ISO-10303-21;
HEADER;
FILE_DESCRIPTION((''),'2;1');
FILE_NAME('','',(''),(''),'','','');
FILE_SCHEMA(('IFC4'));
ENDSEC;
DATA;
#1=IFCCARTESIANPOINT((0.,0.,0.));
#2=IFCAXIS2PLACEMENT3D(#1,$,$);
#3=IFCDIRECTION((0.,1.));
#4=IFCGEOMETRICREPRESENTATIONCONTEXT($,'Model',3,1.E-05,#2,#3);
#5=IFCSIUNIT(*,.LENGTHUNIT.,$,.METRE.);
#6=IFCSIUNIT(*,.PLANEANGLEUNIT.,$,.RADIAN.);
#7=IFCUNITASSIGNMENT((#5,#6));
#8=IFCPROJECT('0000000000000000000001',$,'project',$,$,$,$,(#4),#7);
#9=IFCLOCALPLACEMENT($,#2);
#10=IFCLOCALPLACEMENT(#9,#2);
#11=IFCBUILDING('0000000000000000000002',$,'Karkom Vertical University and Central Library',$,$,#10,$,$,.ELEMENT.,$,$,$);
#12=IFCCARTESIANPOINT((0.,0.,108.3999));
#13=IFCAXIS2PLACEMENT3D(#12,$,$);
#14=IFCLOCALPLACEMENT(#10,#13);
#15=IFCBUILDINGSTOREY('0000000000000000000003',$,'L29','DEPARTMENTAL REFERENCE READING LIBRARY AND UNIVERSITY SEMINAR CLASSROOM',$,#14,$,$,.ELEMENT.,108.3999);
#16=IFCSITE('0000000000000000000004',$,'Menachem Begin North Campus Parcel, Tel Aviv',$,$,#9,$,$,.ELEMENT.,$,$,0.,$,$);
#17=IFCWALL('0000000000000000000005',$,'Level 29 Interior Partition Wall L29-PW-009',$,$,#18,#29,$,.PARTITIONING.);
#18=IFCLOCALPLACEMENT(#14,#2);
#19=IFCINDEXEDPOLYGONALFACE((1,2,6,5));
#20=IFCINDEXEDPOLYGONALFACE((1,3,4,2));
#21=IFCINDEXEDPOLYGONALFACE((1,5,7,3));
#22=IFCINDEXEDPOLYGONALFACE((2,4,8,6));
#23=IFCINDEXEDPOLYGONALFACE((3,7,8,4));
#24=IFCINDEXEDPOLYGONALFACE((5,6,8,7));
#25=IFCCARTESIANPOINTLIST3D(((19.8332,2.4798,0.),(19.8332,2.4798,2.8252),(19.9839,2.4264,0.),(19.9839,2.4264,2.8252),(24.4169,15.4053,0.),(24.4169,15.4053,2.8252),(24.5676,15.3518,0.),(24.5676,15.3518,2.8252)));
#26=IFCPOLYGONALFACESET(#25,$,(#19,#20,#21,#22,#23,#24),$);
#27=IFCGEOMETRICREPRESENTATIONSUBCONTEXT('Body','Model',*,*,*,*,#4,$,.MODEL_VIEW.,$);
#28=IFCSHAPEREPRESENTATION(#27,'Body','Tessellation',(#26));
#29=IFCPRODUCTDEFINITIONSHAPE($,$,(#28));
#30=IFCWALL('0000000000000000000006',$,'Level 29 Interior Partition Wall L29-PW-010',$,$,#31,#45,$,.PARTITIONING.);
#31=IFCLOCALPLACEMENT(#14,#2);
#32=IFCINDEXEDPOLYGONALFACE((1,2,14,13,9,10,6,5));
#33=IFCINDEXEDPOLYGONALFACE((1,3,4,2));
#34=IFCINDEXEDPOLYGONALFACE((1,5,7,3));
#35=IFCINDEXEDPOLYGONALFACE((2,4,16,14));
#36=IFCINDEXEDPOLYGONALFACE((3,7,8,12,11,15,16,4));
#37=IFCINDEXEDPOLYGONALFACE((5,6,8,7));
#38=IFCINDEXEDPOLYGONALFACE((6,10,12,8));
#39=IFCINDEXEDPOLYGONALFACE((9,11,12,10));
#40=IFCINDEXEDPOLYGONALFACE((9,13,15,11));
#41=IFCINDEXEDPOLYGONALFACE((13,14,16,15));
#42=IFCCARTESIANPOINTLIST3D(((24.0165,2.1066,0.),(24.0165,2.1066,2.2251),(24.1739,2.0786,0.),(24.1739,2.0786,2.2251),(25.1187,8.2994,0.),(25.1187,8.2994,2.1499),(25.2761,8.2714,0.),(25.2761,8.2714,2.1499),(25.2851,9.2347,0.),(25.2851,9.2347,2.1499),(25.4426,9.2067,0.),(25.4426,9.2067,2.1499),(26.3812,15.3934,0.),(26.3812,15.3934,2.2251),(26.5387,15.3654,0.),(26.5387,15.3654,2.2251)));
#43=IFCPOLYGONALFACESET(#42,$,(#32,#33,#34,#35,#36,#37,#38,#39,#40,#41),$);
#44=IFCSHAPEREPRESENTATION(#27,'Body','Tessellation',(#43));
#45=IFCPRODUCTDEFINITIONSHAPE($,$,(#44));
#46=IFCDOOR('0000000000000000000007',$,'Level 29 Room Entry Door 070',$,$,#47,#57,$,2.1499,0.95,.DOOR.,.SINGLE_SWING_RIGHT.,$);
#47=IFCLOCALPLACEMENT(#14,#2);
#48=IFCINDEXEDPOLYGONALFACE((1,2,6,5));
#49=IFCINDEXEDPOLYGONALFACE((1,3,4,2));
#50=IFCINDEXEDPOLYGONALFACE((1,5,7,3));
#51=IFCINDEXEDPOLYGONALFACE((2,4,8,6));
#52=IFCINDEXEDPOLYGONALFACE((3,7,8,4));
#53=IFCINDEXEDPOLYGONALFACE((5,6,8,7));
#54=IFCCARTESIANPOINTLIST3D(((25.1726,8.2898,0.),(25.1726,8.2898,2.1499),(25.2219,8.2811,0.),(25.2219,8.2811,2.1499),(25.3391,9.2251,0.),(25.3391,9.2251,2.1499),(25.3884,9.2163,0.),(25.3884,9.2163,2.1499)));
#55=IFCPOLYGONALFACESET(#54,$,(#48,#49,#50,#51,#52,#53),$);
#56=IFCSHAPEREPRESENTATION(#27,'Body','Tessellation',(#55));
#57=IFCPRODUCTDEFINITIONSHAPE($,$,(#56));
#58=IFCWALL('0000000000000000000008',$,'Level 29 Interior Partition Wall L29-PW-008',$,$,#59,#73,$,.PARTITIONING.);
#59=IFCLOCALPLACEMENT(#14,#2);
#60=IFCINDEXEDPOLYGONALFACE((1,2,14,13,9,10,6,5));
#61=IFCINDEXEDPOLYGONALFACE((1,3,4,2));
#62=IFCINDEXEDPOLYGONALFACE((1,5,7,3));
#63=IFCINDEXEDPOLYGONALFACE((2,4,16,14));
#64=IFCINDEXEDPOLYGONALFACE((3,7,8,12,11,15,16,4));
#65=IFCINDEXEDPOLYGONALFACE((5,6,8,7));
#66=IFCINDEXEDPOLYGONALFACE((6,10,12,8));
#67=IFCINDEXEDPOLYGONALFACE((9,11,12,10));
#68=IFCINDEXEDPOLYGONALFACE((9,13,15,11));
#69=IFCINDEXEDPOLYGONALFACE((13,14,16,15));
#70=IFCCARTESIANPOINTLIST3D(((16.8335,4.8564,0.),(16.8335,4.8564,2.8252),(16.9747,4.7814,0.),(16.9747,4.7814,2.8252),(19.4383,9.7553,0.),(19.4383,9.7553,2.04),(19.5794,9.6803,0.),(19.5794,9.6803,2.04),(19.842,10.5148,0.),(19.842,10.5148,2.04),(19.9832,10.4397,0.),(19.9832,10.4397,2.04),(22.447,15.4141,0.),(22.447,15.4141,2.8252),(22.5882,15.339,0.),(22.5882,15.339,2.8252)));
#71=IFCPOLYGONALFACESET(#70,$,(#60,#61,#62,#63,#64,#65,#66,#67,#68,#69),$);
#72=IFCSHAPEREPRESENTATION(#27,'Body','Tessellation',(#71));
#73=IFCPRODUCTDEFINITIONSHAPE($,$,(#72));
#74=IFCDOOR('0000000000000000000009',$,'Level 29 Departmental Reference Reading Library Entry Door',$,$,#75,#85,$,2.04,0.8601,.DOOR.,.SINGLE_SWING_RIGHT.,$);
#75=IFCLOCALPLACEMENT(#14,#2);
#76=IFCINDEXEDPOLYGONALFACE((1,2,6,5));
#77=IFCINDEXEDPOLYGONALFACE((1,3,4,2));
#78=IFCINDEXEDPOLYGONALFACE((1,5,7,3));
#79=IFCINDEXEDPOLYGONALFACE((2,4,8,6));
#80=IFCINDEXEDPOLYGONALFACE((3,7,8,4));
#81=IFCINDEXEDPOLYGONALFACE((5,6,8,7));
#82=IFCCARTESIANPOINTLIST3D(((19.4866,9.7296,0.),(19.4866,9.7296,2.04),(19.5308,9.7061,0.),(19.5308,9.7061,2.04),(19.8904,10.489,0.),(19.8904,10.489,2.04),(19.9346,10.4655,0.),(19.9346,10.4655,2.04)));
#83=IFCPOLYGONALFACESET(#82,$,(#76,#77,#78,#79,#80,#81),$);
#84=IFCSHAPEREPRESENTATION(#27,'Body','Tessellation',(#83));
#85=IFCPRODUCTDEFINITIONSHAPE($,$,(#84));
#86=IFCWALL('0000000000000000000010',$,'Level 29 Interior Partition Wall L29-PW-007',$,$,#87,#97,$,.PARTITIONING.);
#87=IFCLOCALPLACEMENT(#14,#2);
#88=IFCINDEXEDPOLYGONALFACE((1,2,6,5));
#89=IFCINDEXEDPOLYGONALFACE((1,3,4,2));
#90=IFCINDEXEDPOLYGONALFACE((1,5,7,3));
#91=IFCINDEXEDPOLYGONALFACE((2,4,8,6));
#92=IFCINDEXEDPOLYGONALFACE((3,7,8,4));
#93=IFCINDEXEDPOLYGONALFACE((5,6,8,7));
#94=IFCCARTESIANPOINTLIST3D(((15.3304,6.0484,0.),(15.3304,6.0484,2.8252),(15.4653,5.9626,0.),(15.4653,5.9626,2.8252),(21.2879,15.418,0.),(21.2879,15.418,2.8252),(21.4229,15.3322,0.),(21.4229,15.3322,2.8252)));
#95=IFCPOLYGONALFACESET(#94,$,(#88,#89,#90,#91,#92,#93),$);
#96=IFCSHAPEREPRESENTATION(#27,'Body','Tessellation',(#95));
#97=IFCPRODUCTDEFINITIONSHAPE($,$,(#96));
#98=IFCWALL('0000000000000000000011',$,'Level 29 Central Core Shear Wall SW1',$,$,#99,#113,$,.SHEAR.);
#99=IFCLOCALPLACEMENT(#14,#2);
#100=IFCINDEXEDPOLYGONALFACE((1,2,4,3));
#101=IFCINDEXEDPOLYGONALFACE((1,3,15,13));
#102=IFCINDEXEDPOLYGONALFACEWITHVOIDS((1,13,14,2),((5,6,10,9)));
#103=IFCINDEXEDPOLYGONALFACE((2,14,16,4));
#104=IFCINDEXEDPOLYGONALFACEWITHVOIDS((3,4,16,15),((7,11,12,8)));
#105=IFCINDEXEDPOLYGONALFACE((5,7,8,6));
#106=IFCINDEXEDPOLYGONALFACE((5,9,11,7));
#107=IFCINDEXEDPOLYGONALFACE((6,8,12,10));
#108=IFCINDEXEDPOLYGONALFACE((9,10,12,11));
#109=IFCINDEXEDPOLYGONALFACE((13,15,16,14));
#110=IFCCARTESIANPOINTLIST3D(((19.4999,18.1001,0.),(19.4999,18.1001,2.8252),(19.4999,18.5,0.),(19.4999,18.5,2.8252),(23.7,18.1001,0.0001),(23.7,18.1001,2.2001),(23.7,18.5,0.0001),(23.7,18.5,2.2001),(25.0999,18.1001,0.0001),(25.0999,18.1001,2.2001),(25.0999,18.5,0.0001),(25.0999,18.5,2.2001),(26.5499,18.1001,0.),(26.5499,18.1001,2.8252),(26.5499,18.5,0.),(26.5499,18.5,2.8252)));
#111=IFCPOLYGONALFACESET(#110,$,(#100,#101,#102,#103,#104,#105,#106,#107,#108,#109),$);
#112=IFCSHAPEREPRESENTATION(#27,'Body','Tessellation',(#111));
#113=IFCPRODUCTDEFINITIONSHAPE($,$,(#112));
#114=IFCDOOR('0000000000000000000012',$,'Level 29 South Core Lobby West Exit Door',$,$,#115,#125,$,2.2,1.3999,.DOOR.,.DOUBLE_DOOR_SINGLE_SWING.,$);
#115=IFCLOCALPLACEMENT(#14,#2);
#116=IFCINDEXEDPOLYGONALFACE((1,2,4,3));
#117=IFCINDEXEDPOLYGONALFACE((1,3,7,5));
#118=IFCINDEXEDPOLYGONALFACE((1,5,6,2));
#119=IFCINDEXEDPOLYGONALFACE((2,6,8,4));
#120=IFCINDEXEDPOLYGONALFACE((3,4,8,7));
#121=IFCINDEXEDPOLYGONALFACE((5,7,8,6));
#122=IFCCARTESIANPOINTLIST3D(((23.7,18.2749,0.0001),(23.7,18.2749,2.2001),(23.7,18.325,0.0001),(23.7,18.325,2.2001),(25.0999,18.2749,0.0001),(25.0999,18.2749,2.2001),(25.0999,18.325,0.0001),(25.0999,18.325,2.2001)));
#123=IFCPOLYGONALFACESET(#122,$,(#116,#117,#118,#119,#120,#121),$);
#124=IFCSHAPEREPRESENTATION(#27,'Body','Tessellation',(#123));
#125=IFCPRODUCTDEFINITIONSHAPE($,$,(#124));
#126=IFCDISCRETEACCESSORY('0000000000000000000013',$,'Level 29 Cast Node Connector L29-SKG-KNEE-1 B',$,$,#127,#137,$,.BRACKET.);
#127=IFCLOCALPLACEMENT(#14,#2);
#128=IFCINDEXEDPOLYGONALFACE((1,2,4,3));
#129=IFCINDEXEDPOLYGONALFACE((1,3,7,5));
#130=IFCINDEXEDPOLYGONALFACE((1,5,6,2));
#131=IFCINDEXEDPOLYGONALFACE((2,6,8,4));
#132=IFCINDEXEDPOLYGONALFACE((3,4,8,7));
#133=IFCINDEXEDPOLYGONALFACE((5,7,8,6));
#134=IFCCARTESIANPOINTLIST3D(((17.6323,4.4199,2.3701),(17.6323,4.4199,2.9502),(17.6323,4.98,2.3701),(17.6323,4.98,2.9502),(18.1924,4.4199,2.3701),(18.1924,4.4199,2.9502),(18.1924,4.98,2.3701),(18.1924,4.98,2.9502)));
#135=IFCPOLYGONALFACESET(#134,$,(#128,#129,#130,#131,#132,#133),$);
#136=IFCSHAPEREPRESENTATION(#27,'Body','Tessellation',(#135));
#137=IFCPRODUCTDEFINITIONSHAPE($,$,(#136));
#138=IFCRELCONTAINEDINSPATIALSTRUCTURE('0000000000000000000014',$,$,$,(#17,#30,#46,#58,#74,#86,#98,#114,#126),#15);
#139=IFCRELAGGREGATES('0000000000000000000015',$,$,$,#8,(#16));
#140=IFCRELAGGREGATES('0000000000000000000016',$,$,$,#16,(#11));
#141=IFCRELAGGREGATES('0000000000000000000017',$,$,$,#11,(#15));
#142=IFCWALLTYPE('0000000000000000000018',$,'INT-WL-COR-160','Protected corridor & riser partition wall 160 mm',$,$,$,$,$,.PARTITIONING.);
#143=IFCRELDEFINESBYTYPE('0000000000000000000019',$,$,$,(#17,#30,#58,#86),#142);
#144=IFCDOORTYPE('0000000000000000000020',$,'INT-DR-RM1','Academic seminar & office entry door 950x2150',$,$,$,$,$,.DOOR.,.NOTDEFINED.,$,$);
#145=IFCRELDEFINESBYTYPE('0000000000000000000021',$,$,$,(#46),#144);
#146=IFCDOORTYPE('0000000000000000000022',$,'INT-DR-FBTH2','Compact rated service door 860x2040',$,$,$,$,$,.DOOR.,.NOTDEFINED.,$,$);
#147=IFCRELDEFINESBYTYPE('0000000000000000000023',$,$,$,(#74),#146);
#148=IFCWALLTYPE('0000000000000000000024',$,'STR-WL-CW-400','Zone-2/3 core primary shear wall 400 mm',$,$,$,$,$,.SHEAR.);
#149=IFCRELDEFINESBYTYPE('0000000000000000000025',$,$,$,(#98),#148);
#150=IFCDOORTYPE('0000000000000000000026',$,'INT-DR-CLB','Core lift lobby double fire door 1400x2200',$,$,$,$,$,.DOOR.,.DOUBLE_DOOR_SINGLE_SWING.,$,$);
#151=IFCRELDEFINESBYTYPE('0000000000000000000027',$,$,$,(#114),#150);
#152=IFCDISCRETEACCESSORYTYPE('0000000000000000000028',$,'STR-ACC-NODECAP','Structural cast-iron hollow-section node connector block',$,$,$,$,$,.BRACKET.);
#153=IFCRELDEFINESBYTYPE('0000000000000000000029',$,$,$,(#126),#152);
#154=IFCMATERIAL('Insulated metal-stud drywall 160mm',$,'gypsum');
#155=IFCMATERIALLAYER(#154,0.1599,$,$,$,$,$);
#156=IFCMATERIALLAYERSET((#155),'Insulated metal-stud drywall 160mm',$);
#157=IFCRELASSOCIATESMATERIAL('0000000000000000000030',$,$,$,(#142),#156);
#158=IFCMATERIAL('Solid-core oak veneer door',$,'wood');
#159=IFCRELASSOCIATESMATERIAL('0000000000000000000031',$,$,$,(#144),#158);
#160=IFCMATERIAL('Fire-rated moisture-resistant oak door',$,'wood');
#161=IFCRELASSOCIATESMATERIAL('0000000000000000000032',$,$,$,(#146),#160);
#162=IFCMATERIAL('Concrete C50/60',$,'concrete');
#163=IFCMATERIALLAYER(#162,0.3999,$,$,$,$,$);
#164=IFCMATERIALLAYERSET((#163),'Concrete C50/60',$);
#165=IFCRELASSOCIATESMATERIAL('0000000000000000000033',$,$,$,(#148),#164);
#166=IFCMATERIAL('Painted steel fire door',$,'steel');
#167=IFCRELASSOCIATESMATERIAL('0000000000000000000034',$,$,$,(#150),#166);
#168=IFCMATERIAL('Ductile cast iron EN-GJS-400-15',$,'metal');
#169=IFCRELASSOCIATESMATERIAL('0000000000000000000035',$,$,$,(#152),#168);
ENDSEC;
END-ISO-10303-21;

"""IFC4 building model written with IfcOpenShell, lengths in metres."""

from ifc_helpers import new_model, si_unit, direction, frame, frame_2d, origin, origin_with_axes, origin_2d, place, context, subcontext, project, spatial, rectangle, extrude, source, transform, mapped, material, layer, layer_set, type_object, element, fill, save


model = new_model("IFC4")

# Units and contexts
model_context = context("Model", 3, precision=1e-05, world=origin(), true_north=direction((0.0, 1.0)))
body_context = subcontext(model_context, "Body", "Model", "MODEL_VIEW")
ifc_project = project(units=[si_unit("LENGTHUNIT", "METRE"), si_unit("PLANEANGLEUNIT", "RADIAN")], contexts=[model_context])

# Site, building, storey
site_placement = place(None, origin())
site = spatial("IfcSite", under=ifc_project, at=site_placement, Name="Menachem Begin North Campus Parcel, Tel Aviv", CompositionType="ELEMENT", RefElevation=0.0)
building_placement = place(site_placement, origin())
building = spatial("IfcBuilding", under=site, at=building_placement, Name="Karkom Vertical University and Central Library", CompositionType="ELEMENT")
storey_placement = place(building_placement, frame((0.0, 0.0, 108.3999)))
storey = spatial("IfcBuildingStorey", under=building, at=storey_placement, Name="L29", Description="DEPARTMENTAL REFERENCE READING LIBRARY AND UNIVERSITY SEMINAR CLASSROOM", CompositionType="ELEMENT", Elevation=108.3999)

# Shared definitions
ifc_material_1 = material(Name="Concrete C50/60", Category="concrete")

# Wall
ifc_material_2 = material(Name="Insulated metal-stud drywall 160mm", Category="gypsum")
ifc_layer_1 = layer(ifc_material_2, 0.1599)
ifc_layer_set_1 = layer_set([ifc_layer_1], Name="Insulated metal-stud drywall 160mm")
wall_type_1 = type_object("IfcWallType", Name="INT-WL-COR-160", Description="Protected corridor & riser partition wall 160 mm", PredefinedType="PARTITIONING", material=ifc_layer_set_1)
wall_1_placement = place(storey_placement, frame((24.4922, 15.3784, 0.0), z_axis=(0.0, 0.0, 1.0), x_axis=(-0.334232, -0.942491, 0.0)))
element("IfcWall", 1, at=wall_1_placement, inside=storey, type_object=wall_type_1, Name="Level 29 Interior Partition Wall L29-PW-009", PredefinedType="PARTITIONING", context=body_context, shape_type="SweptSolid", body=[
    extrude(rectangle(XDim=13.7141, YDim=0.1599, at=frame_2d((6.8569, 0.0))), origin(), (0.0, 0.0, 1.0), 2.8252),
])

# Walls, openings, doors
wall_2_placement = place(storey_placement, frame((26.46, 15.3794, 0.0), z_axis=(0.0, 0.0, 1.0), x_axis=(-0.175223, -0.984529, 0.0)))
wall_2 = element("IfcWall", 2, at=wall_2_placement, inside=storey, type_object=wall_type_1, Name="Level 29 Interior Partition Wall L29-PW-010", PredefinedType="PARTITIONING", context=body_context, shape_type="SweptSolid", body=[
    extrude(rectangle(XDim=13.4956, YDim=0.1599, at=frame_2d((6.7478, 0.0))), origin(), (0.0, 0.0, 1.0), 2.2251),
])
opening_1_placement = place(wall_2_placement, frame((6.2554, 0.0, 0.0)))
opening_1 = element("IfcOpeningElement", 3, at=opening_1_placement, cuts=wall_2, PredefinedType="OPENING", context=body_context, shape_type="SweptSolid", body=[
    extrude(rectangle(XDim=0.95, YDim=2.1499, at=frame_2d((0.4751, 1.075))), frame((0.0, 0.0898, 0.0), z_axis=(0.0, -1.0, 0.0), x_axis=(1.0, 0.0, 0.0)), (0.0, 0.0, 1.0), 0.1799),
])
ifc_material_3 = material(Name="Solid-core oak veneer door", Category="wood")
door_type_1 = type_object("IfcDoorType", Name="INT-DR-RM1", Description="Academic seminar & office entry door 950x2150", OperationType="NOTDEFINED", PredefinedType="DOOR", material=ifc_material_3)
shared_shape_1 = source(origin_with_axes(), body_context, "Body", "SweptSolid", [
    extrude(rectangle(XDim=0.95, YDim=2.1499, at=frame_2d((0.4751, 1.075))), frame((0.0, 0.0249, 0.0), z_axis=(0.0, -1.0, 0.0), x_axis=(1.0, 0.0, 0.0)), (0.0, 0.0, 1.0), 0.05),
])
door_1_placement = place(opening_1_placement, origin())
door_1 = element("IfcDoor", 4, at=door_1_placement, inside=storey, type_object=door_type_1, Name="Level 29 Room Entry Door 070", OperationType="SINGLE_SWING_RIGHT", OverallHeight=2.1499, OverallWidth=0.95, PredefinedType="DOOR", context=body_context, shape_type="MappedRepresentation", body=[
    mapped(shared_shape_1, transform((0.0, 0.0, 0.0), scale=1.0)),
])
fill(opening_1, door_1)
wall_3_placement = place(storey_placement, frame((22.5176, 15.3765, 0.0), z_axis=(0.0, 0.0, 1.0), x_axis=(-0.469468, -0.88295, 0.0)))
wall_3 = element("IfcWall", 5, at=wall_3_placement, inside=storey, type_object=wall_type_1, Name="Level 29 Interior Partition Wall L29-PW-008", PredefinedType="PARTITIONING", context=body_context, shape_type="SweptSolid", body=[
    extrude(rectangle(XDim=11.9573, YDim=0.1599, at=frame_2d((5.9785, 0.0))), origin(), (0.0, 0.0, 1.0), 2.8252),
])
opening_2_placement = place(wall_3_placement, frame((5.5486, 0.0, 0.0)))
opening_2 = element("IfcOpeningElement", 6, at=opening_2_placement, cuts=wall_3, PredefinedType="OPENING", context=body_context, shape_type="SweptSolid", body=[
    extrude(rectangle(XDim=0.8601, YDim=2.04, at=frame_2d((0.4302, 1.02))), frame((0.0, 0.0898, 0.0), z_axis=(0.0, -1.0, 0.0), x_axis=(1.0, 0.0, 0.0)), (0.0, 0.0, 1.0), 0.1799),
])
ifc_material_4 = material(Name="Fire-rated moisture-resistant oak door", Category="wood")
door_type_2 = type_object("IfcDoorType", Name="INT-DR-FBTH2", Description="Compact rated service door 860x2040", OperationType="NOTDEFINED", PredefinedType="DOOR", material=ifc_material_4)
shared_shape_2 = source(origin_with_axes(), body_context, "Body", "SweptSolid", [
    extrude(rectangle(XDim=0.8601, YDim=2.04, at=frame_2d((0.4302, 1.02))), frame((0.0, 0.0249, 0.0), z_axis=(0.0, -1.0, 0.0), x_axis=(1.0, 0.0, 0.0)), (0.0, 0.0, 1.0), 0.05),
])
door_2_placement = place(opening_2_placement, origin())
door_2 = element("IfcDoor", 7, at=door_2_placement, inside=storey, type_object=door_type_2, Name="Level 29 Departmental Reference Reading Library Entry Door", OperationType="SINGLE_SWING_RIGHT", OverallHeight=2.04, OverallWidth=0.8601, PredefinedType="DOOR", context=body_context, shape_type="MappedRepresentation", body=[
    mapped(shared_shape_2, transform((0.0, 0.0, 0.0), scale=1.0)),
])
fill(opening_2, door_2)

# Wall
wall_4_placement = place(storey_placement, frame((21.3555, 15.3752, 0.0), z_axis=(0.0, 0.0, 1.0), x_axis=(-0.536557, -0.843864, 0.0)))
element("IfcWall", 8, at=wall_4_placement, inside=storey, type_object=wall_type_1, Name="Level 29 Interior Partition Wall L29-PW-007", PredefinedType="PARTITIONING", context=body_context, shape_type="SweptSolid", body=[
    extrude(rectangle(XDim=11.1033, YDim=0.1599, at=frame_2d((5.5518, 0.0))), origin(), (0.0, 0.0, 1.0), 2.8252),
])

# Wall, opening, door
ifc_layer_2 = layer(ifc_material_1, 0.3999)
ifc_layer_set_2 = layer_set([ifc_layer_2], Name="Concrete C50/60")
wall_type_2 = type_object("IfcWallType", Name="STR-WL-CW-400", Description="Zone-2/3 core primary shear wall 400 mm", PredefinedType="SHEAR", material=ifc_layer_set_2)
wall_5_placement = place(storey_placement, frame((19.5, 18.3, 0.0), z_axis=(0.0, 0.0, 1.0), x_axis=(1.0, 0.0, 0.0)))
wall_5 = element("IfcWall", 9, at=wall_5_placement, inside=storey, type_object=wall_type_2, Name="Level 29 Central Core Shear Wall SW1", PredefinedType="SHEAR", context=body_context, shape_type="SweptSolid", body=[
    extrude(rectangle(XDim=7.05, YDim=0.3999, at=frame_2d((3.5249, 0.0))), origin(), (0.0, 0.0, 1.0), 2.8252),
])
opening_3_placement = place(wall_5_placement, frame((4.2, 0.0, 0.0)))
opening_3 = element("IfcOpeningElement", 10, at=opening_3_placement, cuts=wall_5, PredefinedType="OPENING", context=body_context, shape_type="SweptSolid", body=[
    extrude(rectangle(XDim=1.3999, YDim=2.2, at=frame_2d((0.7, 1.1001))), frame((0.0, 0.21, 0.0), z_axis=(0.0, -1.0, 0.0), x_axis=(1.0, 0.0, 0.0)), (0.0, 0.0, 1.0), 0.4199),
])
ifc_material_5 = material(Name="Painted steel fire door", Category="steel")
door_type_3 = type_object("IfcDoorType", Name="INT-DR-CLB", Description="Core lift lobby double fire door 1400x2200", OperationType="DOUBLE_DOOR_SINGLE_SWING", PredefinedType="DOOR", material=ifc_material_5)
shared_shape_3 = source(origin_with_axes(), body_context, "Body", "SweptSolid", [
    extrude(rectangle(XDim=1.3999, YDim=2.2, at=frame_2d((0.7, 1.1001))), frame((0.0, 0.0249, 0.0), z_axis=(0.0, -1.0, 0.0), x_axis=(1.0, 0.0, 0.0)), (0.0, 0.0, 1.0), 0.05),
])
door_3_placement = place(opening_3_placement, origin())
door_3 = element("IfcDoor", 11, at=door_3_placement, inside=storey, type_object=door_type_3, Name="Level 29 South Core Lobby West Exit Door", OperationType="DOUBLE_DOOR_SINGLE_SWING", OverallHeight=2.2, OverallWidth=1.3999, PredefinedType="DOOR", context=body_context, shape_type="MappedRepresentation", body=[
    mapped(shared_shape_3, transform((0.0, 0.0, 0.0), scale=1.0)),
])
fill(opening_3, door_3)

# Discrete accessory
ifc_material_6 = material(Name="Ductile cast iron EN-GJS-400-15", Category="metal")
discrete_accessory_type = type_object("IfcDiscreteAccessoryType", Name="STR-ACC-NODECAP", Description="Structural cast-iron hollow-section node connector block", PredefinedType="BRACKET", material=ifc_material_6)
shared_shape_4 = source(origin_with_axes(), body_context, "Body", "SweptSolid", [
    extrude(rectangle(XDim=0.5601, YDim=0.5601, at=origin_2d()), origin(), (0.0, 0.0, 1.0), 0.5801),
])
discrete_accessory_placement = place(storey_placement, frame((17.9124, 4.7, 2.3701), z_axis=(0.0, 0.0, 1.0), x_axis=(1.0, 0.0, 0.0)))
element("IfcDiscreteAccessory", 12, at=discrete_accessory_placement, inside=storey, type_object=discrete_accessory_type, Name="Level 29 Cast Node Connector L29-SKG-KNEE-1 B", PredefinedType="BRACKET", context=body_context, shape_type="MappedRepresentation", body=[
    mapped(shared_shape_4, transform((0.0, 0.0, 0.0), scale=1.0)),
])

save(model, "model.ifc")
